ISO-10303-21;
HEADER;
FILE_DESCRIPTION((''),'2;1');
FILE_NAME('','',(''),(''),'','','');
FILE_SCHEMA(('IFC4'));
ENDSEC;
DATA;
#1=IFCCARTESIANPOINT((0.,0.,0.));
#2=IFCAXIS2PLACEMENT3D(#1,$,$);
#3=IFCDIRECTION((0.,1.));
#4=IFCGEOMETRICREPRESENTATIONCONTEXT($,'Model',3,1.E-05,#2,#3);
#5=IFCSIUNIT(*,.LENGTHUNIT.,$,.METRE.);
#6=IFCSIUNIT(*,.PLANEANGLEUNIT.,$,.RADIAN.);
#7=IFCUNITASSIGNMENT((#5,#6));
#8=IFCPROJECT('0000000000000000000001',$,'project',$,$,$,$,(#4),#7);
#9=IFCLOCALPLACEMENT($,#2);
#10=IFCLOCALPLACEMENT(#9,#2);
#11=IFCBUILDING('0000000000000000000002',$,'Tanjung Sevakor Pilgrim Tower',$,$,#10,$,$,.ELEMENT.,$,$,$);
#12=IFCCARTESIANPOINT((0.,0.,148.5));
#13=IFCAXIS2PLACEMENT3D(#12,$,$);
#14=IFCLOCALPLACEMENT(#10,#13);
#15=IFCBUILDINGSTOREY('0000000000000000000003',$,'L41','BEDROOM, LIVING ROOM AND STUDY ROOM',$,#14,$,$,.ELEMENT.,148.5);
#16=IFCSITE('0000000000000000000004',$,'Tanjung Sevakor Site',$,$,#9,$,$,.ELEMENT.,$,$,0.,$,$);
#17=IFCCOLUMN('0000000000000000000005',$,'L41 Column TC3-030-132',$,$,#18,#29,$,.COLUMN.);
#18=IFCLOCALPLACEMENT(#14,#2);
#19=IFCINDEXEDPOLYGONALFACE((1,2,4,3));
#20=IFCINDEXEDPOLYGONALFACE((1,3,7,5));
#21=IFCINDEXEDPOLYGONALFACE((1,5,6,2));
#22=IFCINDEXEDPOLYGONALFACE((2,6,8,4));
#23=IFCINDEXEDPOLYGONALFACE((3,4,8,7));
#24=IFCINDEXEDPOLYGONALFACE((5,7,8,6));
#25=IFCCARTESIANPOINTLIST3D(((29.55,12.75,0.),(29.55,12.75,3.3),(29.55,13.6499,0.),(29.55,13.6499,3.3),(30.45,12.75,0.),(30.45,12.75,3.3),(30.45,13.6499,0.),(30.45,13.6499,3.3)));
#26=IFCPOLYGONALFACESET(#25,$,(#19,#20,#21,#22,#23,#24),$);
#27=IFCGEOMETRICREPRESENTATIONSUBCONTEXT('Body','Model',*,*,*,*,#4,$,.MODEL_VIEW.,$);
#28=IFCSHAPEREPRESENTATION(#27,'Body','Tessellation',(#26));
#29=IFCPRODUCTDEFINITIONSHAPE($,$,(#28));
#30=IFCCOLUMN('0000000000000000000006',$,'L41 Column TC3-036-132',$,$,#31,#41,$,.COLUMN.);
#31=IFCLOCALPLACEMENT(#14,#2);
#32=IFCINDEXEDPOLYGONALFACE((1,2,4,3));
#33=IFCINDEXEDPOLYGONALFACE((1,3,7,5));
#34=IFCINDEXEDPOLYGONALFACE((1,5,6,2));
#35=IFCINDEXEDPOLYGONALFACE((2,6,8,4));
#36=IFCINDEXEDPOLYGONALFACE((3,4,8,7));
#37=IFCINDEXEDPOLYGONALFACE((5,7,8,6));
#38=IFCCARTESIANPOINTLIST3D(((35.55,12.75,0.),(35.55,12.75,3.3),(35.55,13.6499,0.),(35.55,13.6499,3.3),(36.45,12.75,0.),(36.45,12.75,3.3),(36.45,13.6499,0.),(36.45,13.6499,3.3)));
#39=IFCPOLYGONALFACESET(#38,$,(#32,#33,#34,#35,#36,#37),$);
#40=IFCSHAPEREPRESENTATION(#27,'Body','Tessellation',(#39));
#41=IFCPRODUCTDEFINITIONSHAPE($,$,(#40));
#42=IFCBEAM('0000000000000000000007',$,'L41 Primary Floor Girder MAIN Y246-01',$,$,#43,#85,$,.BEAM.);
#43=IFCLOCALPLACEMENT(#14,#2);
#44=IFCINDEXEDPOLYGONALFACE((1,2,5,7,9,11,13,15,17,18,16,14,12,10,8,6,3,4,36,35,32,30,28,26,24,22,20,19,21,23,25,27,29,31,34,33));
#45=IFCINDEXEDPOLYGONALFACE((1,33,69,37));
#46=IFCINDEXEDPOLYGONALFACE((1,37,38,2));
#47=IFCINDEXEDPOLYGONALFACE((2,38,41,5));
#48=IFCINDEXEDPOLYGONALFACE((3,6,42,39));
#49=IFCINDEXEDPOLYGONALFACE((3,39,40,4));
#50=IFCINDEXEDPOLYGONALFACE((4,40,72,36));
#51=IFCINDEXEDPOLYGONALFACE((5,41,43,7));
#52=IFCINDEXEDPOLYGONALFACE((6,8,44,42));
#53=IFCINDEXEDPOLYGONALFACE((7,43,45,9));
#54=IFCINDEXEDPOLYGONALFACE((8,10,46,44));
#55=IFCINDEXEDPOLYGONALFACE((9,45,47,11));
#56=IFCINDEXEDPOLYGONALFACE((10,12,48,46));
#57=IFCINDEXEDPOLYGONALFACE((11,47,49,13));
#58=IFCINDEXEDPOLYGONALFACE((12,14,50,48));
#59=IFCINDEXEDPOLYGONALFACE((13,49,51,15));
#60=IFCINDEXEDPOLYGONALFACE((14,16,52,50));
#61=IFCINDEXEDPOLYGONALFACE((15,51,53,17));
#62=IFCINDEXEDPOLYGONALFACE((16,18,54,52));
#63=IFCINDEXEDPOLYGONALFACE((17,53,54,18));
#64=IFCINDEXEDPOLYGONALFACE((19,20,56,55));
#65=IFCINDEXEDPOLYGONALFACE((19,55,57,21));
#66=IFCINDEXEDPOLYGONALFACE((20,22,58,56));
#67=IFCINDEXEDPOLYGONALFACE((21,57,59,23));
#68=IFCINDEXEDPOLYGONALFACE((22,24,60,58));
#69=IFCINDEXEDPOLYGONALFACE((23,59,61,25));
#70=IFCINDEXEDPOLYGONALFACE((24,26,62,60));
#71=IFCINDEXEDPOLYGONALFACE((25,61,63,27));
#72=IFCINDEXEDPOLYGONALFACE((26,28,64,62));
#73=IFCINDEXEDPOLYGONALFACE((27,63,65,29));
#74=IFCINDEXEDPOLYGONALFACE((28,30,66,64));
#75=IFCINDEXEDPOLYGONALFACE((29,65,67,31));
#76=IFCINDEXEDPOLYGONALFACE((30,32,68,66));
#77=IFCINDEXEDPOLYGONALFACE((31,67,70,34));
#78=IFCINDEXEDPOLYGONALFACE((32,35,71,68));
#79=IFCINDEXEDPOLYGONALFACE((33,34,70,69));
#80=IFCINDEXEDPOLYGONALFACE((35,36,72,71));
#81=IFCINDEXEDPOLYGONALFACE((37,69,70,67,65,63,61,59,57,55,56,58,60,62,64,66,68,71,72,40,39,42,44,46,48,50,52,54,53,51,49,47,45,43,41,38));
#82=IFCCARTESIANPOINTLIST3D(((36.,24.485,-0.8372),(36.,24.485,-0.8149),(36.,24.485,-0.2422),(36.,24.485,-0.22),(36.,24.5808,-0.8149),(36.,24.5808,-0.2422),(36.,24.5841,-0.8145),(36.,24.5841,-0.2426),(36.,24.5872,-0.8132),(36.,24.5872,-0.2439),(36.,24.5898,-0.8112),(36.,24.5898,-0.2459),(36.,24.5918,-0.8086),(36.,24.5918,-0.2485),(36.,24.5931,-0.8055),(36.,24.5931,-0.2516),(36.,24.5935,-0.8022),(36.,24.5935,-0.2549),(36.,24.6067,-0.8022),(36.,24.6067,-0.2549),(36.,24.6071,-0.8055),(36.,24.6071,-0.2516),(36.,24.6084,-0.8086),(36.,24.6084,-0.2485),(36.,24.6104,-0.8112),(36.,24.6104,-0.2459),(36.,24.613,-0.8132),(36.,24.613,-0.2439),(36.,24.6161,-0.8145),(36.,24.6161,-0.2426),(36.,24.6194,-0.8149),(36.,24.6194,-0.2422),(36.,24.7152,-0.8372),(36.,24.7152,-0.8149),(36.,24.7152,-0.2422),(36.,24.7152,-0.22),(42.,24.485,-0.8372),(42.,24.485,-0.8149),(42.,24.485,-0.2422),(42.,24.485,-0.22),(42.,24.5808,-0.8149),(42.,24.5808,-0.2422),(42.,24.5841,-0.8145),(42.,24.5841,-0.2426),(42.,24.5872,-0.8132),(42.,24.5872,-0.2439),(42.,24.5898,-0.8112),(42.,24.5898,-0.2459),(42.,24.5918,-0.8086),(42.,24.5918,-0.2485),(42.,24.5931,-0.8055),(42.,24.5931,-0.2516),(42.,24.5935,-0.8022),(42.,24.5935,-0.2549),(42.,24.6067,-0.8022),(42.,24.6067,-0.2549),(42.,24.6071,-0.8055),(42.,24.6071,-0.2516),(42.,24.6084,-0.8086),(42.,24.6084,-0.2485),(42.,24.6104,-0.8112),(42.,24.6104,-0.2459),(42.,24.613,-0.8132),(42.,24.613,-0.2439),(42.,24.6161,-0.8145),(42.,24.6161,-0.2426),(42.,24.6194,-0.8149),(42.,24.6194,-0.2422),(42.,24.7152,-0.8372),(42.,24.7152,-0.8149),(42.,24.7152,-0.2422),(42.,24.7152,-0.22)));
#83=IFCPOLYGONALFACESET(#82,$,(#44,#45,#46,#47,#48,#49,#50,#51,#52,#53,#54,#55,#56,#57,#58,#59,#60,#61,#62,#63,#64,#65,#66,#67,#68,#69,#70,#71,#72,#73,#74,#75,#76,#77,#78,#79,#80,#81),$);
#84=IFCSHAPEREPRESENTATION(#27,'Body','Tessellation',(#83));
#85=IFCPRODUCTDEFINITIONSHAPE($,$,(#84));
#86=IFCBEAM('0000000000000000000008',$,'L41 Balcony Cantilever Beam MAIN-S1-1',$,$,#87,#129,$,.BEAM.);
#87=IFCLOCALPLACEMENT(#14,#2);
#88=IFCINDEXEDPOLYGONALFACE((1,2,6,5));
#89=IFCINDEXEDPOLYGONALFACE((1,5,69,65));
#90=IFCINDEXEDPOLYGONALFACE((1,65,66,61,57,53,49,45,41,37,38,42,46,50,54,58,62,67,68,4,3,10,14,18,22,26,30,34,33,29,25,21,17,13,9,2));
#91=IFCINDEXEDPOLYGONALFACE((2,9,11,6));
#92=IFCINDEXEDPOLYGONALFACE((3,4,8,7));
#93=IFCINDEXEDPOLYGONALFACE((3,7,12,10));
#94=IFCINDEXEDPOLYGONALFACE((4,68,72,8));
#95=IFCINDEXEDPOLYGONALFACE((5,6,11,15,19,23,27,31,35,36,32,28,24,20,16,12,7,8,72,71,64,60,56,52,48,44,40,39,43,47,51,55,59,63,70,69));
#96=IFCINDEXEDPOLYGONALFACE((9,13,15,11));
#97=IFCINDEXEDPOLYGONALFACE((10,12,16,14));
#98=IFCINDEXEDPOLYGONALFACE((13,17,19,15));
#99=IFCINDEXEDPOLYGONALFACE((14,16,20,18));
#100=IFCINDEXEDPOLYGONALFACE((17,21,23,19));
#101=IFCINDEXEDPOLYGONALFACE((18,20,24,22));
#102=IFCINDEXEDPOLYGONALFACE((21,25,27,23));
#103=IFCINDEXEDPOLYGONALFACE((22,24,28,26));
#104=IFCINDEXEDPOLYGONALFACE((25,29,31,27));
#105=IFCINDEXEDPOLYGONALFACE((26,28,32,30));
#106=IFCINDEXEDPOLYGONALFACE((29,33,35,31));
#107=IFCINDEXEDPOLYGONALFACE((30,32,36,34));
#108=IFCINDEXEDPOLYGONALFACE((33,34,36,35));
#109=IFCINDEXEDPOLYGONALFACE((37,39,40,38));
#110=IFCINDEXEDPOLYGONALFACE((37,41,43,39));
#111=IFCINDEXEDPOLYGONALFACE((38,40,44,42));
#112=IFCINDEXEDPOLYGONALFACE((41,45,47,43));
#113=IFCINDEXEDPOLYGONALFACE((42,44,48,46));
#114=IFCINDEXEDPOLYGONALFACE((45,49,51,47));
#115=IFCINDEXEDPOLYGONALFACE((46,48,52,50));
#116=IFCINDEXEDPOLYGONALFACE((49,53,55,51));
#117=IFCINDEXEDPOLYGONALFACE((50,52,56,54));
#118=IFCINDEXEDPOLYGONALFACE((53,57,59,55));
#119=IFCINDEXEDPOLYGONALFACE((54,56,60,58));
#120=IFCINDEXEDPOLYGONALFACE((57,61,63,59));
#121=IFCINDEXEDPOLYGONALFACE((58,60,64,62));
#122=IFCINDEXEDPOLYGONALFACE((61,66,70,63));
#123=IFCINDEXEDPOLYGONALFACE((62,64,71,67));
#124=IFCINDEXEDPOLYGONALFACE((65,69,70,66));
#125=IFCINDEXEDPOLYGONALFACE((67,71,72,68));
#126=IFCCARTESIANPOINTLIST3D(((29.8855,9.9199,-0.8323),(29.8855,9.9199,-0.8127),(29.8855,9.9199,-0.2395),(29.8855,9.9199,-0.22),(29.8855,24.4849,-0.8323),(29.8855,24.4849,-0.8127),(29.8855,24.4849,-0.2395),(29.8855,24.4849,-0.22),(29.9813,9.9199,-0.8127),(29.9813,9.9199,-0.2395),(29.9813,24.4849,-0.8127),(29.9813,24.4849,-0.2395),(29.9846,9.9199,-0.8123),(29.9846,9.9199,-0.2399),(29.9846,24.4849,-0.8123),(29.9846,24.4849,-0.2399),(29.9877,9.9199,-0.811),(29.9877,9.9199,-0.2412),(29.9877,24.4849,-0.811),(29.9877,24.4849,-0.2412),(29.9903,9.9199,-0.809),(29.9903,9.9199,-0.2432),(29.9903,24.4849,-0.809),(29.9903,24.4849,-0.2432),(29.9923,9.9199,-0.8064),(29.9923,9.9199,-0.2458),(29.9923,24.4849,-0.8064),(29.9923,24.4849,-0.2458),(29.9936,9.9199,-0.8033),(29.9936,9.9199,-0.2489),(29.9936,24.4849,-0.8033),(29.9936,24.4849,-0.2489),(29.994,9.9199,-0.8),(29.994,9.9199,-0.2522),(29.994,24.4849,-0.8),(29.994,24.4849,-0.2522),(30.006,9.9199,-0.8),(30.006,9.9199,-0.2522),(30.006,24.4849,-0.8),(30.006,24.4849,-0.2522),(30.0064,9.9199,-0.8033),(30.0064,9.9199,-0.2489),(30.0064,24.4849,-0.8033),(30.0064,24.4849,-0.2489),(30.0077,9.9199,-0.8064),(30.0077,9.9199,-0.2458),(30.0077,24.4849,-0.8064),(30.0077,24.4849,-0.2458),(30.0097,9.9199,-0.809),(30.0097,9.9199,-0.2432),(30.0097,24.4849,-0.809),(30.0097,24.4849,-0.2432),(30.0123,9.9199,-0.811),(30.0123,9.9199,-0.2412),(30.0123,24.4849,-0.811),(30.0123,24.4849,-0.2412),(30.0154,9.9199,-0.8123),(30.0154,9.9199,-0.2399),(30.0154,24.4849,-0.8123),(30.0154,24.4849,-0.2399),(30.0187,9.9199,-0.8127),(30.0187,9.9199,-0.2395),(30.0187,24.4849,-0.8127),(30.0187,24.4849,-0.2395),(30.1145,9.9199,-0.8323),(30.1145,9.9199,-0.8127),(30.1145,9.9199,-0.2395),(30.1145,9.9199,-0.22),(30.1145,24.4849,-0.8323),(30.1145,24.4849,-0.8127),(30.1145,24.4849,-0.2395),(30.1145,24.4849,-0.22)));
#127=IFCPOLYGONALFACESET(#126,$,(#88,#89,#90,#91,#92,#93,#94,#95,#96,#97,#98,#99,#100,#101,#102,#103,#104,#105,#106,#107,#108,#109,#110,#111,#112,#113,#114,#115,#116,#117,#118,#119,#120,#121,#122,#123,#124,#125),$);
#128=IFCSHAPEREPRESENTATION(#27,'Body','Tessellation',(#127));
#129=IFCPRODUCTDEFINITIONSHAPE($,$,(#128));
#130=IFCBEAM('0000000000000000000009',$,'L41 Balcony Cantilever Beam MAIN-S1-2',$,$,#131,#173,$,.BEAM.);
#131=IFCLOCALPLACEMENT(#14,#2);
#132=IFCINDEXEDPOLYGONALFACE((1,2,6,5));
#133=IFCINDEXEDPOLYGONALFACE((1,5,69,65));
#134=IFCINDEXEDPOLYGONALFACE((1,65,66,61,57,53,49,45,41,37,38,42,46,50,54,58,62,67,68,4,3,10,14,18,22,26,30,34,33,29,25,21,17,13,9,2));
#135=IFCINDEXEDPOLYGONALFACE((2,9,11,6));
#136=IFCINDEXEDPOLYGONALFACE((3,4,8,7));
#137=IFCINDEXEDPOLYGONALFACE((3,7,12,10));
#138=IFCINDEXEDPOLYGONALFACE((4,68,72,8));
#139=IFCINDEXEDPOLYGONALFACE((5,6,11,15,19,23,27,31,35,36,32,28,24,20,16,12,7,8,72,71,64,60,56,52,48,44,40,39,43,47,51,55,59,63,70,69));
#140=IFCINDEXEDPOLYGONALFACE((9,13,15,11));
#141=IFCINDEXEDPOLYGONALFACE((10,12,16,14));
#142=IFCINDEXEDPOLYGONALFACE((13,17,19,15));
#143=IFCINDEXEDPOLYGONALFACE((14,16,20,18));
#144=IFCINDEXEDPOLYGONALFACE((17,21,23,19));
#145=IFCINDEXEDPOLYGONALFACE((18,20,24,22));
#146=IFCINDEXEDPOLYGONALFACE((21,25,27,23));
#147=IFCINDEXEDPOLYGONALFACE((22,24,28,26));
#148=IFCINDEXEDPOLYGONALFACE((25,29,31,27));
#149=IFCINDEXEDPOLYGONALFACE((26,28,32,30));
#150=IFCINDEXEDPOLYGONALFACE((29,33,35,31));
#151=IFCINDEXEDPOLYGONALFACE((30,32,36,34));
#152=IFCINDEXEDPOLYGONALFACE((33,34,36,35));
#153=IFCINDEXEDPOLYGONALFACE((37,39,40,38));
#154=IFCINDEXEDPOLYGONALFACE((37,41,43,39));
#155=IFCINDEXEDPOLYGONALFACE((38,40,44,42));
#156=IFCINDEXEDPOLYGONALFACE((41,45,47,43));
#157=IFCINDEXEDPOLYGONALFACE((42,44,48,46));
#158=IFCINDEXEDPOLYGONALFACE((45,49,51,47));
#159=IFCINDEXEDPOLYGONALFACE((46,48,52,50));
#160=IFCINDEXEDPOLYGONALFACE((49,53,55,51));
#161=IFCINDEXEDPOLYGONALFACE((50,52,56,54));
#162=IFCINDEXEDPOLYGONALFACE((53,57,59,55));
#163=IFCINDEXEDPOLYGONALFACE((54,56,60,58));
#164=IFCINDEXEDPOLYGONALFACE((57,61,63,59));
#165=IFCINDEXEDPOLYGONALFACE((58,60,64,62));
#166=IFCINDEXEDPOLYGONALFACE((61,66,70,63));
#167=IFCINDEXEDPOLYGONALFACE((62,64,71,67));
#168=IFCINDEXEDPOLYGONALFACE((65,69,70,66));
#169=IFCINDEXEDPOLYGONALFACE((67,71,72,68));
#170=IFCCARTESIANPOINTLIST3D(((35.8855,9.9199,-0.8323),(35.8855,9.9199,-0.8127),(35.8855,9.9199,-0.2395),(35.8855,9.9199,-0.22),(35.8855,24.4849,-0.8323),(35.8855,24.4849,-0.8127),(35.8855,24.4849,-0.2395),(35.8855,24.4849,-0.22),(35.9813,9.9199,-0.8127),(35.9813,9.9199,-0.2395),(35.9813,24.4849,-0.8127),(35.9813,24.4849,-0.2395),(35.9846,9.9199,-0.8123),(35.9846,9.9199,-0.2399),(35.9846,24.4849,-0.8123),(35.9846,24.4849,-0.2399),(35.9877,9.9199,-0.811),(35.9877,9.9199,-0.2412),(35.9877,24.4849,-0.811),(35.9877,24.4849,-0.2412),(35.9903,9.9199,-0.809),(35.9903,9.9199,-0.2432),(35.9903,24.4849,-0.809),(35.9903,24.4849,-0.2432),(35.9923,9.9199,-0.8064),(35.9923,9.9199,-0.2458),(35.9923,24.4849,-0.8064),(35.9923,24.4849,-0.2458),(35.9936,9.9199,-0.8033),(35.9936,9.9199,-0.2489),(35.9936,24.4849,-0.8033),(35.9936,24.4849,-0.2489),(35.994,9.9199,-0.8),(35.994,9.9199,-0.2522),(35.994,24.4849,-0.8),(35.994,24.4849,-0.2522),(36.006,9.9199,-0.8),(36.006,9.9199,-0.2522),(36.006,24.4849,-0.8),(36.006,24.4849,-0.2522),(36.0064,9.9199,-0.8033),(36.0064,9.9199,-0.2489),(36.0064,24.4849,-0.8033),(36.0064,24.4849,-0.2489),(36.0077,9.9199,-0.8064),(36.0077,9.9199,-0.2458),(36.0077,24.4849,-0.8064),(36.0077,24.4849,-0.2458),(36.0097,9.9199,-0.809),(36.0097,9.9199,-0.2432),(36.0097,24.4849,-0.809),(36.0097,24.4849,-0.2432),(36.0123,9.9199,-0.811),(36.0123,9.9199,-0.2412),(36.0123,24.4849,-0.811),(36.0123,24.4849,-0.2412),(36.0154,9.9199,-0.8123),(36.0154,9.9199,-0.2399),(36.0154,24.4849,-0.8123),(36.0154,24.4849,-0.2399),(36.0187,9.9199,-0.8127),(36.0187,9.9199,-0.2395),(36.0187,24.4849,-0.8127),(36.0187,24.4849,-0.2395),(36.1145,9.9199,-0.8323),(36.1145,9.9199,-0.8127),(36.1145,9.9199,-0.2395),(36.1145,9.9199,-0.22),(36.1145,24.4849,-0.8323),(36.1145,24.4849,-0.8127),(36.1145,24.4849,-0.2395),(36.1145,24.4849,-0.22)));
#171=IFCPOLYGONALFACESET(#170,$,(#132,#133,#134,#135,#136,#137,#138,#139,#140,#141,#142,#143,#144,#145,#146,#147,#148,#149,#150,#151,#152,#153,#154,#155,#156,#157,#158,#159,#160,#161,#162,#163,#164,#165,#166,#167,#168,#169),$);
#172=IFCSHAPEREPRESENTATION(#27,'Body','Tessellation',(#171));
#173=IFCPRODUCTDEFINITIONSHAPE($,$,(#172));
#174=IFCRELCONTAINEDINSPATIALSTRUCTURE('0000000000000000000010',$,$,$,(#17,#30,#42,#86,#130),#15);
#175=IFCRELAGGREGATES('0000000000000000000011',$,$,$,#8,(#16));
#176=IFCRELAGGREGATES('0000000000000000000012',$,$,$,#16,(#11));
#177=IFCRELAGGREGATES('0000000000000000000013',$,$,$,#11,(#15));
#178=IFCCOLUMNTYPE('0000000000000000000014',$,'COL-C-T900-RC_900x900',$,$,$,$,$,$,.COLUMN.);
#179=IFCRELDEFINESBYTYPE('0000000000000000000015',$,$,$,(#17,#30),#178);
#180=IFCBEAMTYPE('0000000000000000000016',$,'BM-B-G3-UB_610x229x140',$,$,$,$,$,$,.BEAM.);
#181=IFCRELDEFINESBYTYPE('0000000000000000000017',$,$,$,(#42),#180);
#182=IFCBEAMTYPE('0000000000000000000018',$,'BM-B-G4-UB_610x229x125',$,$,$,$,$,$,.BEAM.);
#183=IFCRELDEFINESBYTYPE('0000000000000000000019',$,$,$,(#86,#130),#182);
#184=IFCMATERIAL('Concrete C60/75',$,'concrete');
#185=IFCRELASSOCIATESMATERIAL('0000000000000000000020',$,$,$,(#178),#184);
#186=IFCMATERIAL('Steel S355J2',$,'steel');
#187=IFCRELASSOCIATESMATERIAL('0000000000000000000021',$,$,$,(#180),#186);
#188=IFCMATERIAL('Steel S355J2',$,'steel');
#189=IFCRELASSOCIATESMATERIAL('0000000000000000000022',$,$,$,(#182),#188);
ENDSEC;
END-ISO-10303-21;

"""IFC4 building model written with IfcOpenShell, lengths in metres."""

from ifc_helpers import new_model, si_unit, direction, frame, origin, origin_2d, place, context, subcontext, project, spatial, rectangle, i_section, extrude, material, material_profile, profile_set, type_object, element, save


model = new_model("IFC4")

# Units and contexts
model_context = context("Model", 3, precision=1e-05, world=origin(), true_north=direction((0.0, 1.0)))
body_context = subcontext(model_context, "Body", "Model", "MODEL_VIEW")
ifc_project = project(units=[si_unit("LENGTHUNIT", "METRE"), si_unit("PLANEANGLEUNIT", "RADIAN")], contexts=[model_context])

# Site, building, storey
site_placement = place(None, origin())
site = spatial("IfcSite", under=ifc_project, at=site_placement, Name="Tanjung Sevakor Site", CompositionType="ELEMENT", RefElevation=0.0)
building_placement = place(site_placement, origin())
building = spatial("IfcBuilding", under=site, at=building_placement, Name="Tanjung Sevakor Pilgrim Tower", CompositionType="ELEMENT")
storey_placement = place(building_placement, frame((0.0, 0.0, 148.5)))
storey = spatial("IfcBuildingStorey", under=building, at=storey_placement, Name="L41", Description="BEDROOM, LIVING ROOM AND STUDY ROOM", CompositionType="ELEMENT", Elevation=148.5)

# Columns
ifc_material_1 = material(Name="Concrete C60/75", Category="concrete")
ifc_material_profile_1 = material_profile(ifc_material_1, rectangle(XDim=0.8999, YDim=0.8999, at=origin_2d()))
ifc_profile_set_1 = profile_set([ifc_material_profile_1], Name="Concrete C60/75")
column_type = type_object("IfcColumnType", Name="COL-C-T900-RC_900x900", PredefinedType="COLUMN", material=ifc_profile_set_1)
for number, where, z_axis, x_axis, name in (
    (1, (30.0, 13.2, 0.0), (0.0, 0.0, 1.0), (1.0, 0.0, 0.0), "L41 Column TC3-030-132"),
    (2, (36.0, 13.2, 0.0), (0.0, 0.0, 1.0), (1.0, 0.0, 0.0), "L41 Column TC3-036-132"),
):
    element("IfcColumn", number, at=place(storey_placement, frame(where, z_axis=z_axis, x_axis=x_axis)), inside=storey, type_object=column_type, Name=name, PredefinedType="COLUMN", context=body_context, shape_type="SweptSolid", body=[
        extrude(rectangle(XDim=0.8999, YDim=0.8999, at=origin_2d()), origin(), (0.0, 0.0, 1.0), 3.3),
    ])

# Beams
ifc_material_2 = material(Name="Steel S355J2", Category="steel")
ifc_material_profile_2 = material_profile(ifc_material_2, i_section(OverallWidth=0.2302, OverallDepth=0.6172, WebThickness=0.0132, FlangeThickness=0.0222, FilletRadius=0.0127, at=origin_2d()))
ifc_profile_set_2 = profile_set([ifc_material_profile_2], Name="Steel S355J2")
beam_type_1 = type_object("IfcBeamType", Name="BM-B-G3-UB_610x229x140", PredefinedType="BEAM", material=ifc_profile_set_2)
beam_1_placement = place(storey_placement, frame((36.0, 24.6001, -0.5286), z_axis=(1.0, 0.0, 0.0), x_axis=(0.0, 1.0, 0.0)))
element("IfcBeam", 3, at=beam_1_placement, inside=storey, type_object=beam_type_1, Name="L41 Primary Floor Girder MAIN Y246-01", PredefinedType="BEAM", context=body_context, shape_type="SweptSolid", body=[
    extrude(i_section(OverallWidth=0.2302, OverallDepth=0.6172, WebThickness=0.0132, FlangeThickness=0.0222, FilletRadius=0.0127, at=origin_2d()), origin(), (0.0, 0.0, 1.0), 6.0),
])
ifc_material_3 = material(Name="Steel S355J2", Category="steel")
ifc_material_profile_3 = material_profile(ifc_material_3, i_section(OverallWidth=0.229, OverallDepth=0.6123, WebThickness=0.012, FlangeThickness=0.0195, FilletRadius=0.0127, at=origin_2d()))
ifc_profile_set_3 = profile_set([ifc_material_profile_3], Name="Steel S355J2")
beam_type_2 = type_object("IfcBeamType", Name="BM-B-G4-UB_610x229x125", PredefinedType="BEAM", material=ifc_profile_set_3)
for number, where, z_axis, x_axis, name in (
    (4, (30.0, 24.4849, -0.5261), (0.0, -1.0, 0.0), (1.0, 0.0, 0.0), "L41 Balcony Cantilever Beam MAIN-S1-1"),
    (5, (36.0, 24.4849, -0.5261), (0.0, -1.0, 0.0), (1.0, 0.0, 0.0), "L41 Balcony Cantilever Beam MAIN-S1-2"),
):
    element("IfcBeam", number, at=place(storey_placement, frame(where, z_axis=z_axis, x_axis=x_axis)), inside=storey, type_object=beam_type_2, Name=name, PredefinedType="BEAM", context=body_context, shape_type="SweptSolid", body=[
        extrude(i_section(OverallWidth=0.229, OverallDepth=0.6123, WebThickness=0.012, FlangeThickness=0.0195, FilletRadius=0.0127, at=origin_2d()), origin(), (0.0, 0.0, 1.0), 14.5649),
    ])

save(model, "model.ifc")
